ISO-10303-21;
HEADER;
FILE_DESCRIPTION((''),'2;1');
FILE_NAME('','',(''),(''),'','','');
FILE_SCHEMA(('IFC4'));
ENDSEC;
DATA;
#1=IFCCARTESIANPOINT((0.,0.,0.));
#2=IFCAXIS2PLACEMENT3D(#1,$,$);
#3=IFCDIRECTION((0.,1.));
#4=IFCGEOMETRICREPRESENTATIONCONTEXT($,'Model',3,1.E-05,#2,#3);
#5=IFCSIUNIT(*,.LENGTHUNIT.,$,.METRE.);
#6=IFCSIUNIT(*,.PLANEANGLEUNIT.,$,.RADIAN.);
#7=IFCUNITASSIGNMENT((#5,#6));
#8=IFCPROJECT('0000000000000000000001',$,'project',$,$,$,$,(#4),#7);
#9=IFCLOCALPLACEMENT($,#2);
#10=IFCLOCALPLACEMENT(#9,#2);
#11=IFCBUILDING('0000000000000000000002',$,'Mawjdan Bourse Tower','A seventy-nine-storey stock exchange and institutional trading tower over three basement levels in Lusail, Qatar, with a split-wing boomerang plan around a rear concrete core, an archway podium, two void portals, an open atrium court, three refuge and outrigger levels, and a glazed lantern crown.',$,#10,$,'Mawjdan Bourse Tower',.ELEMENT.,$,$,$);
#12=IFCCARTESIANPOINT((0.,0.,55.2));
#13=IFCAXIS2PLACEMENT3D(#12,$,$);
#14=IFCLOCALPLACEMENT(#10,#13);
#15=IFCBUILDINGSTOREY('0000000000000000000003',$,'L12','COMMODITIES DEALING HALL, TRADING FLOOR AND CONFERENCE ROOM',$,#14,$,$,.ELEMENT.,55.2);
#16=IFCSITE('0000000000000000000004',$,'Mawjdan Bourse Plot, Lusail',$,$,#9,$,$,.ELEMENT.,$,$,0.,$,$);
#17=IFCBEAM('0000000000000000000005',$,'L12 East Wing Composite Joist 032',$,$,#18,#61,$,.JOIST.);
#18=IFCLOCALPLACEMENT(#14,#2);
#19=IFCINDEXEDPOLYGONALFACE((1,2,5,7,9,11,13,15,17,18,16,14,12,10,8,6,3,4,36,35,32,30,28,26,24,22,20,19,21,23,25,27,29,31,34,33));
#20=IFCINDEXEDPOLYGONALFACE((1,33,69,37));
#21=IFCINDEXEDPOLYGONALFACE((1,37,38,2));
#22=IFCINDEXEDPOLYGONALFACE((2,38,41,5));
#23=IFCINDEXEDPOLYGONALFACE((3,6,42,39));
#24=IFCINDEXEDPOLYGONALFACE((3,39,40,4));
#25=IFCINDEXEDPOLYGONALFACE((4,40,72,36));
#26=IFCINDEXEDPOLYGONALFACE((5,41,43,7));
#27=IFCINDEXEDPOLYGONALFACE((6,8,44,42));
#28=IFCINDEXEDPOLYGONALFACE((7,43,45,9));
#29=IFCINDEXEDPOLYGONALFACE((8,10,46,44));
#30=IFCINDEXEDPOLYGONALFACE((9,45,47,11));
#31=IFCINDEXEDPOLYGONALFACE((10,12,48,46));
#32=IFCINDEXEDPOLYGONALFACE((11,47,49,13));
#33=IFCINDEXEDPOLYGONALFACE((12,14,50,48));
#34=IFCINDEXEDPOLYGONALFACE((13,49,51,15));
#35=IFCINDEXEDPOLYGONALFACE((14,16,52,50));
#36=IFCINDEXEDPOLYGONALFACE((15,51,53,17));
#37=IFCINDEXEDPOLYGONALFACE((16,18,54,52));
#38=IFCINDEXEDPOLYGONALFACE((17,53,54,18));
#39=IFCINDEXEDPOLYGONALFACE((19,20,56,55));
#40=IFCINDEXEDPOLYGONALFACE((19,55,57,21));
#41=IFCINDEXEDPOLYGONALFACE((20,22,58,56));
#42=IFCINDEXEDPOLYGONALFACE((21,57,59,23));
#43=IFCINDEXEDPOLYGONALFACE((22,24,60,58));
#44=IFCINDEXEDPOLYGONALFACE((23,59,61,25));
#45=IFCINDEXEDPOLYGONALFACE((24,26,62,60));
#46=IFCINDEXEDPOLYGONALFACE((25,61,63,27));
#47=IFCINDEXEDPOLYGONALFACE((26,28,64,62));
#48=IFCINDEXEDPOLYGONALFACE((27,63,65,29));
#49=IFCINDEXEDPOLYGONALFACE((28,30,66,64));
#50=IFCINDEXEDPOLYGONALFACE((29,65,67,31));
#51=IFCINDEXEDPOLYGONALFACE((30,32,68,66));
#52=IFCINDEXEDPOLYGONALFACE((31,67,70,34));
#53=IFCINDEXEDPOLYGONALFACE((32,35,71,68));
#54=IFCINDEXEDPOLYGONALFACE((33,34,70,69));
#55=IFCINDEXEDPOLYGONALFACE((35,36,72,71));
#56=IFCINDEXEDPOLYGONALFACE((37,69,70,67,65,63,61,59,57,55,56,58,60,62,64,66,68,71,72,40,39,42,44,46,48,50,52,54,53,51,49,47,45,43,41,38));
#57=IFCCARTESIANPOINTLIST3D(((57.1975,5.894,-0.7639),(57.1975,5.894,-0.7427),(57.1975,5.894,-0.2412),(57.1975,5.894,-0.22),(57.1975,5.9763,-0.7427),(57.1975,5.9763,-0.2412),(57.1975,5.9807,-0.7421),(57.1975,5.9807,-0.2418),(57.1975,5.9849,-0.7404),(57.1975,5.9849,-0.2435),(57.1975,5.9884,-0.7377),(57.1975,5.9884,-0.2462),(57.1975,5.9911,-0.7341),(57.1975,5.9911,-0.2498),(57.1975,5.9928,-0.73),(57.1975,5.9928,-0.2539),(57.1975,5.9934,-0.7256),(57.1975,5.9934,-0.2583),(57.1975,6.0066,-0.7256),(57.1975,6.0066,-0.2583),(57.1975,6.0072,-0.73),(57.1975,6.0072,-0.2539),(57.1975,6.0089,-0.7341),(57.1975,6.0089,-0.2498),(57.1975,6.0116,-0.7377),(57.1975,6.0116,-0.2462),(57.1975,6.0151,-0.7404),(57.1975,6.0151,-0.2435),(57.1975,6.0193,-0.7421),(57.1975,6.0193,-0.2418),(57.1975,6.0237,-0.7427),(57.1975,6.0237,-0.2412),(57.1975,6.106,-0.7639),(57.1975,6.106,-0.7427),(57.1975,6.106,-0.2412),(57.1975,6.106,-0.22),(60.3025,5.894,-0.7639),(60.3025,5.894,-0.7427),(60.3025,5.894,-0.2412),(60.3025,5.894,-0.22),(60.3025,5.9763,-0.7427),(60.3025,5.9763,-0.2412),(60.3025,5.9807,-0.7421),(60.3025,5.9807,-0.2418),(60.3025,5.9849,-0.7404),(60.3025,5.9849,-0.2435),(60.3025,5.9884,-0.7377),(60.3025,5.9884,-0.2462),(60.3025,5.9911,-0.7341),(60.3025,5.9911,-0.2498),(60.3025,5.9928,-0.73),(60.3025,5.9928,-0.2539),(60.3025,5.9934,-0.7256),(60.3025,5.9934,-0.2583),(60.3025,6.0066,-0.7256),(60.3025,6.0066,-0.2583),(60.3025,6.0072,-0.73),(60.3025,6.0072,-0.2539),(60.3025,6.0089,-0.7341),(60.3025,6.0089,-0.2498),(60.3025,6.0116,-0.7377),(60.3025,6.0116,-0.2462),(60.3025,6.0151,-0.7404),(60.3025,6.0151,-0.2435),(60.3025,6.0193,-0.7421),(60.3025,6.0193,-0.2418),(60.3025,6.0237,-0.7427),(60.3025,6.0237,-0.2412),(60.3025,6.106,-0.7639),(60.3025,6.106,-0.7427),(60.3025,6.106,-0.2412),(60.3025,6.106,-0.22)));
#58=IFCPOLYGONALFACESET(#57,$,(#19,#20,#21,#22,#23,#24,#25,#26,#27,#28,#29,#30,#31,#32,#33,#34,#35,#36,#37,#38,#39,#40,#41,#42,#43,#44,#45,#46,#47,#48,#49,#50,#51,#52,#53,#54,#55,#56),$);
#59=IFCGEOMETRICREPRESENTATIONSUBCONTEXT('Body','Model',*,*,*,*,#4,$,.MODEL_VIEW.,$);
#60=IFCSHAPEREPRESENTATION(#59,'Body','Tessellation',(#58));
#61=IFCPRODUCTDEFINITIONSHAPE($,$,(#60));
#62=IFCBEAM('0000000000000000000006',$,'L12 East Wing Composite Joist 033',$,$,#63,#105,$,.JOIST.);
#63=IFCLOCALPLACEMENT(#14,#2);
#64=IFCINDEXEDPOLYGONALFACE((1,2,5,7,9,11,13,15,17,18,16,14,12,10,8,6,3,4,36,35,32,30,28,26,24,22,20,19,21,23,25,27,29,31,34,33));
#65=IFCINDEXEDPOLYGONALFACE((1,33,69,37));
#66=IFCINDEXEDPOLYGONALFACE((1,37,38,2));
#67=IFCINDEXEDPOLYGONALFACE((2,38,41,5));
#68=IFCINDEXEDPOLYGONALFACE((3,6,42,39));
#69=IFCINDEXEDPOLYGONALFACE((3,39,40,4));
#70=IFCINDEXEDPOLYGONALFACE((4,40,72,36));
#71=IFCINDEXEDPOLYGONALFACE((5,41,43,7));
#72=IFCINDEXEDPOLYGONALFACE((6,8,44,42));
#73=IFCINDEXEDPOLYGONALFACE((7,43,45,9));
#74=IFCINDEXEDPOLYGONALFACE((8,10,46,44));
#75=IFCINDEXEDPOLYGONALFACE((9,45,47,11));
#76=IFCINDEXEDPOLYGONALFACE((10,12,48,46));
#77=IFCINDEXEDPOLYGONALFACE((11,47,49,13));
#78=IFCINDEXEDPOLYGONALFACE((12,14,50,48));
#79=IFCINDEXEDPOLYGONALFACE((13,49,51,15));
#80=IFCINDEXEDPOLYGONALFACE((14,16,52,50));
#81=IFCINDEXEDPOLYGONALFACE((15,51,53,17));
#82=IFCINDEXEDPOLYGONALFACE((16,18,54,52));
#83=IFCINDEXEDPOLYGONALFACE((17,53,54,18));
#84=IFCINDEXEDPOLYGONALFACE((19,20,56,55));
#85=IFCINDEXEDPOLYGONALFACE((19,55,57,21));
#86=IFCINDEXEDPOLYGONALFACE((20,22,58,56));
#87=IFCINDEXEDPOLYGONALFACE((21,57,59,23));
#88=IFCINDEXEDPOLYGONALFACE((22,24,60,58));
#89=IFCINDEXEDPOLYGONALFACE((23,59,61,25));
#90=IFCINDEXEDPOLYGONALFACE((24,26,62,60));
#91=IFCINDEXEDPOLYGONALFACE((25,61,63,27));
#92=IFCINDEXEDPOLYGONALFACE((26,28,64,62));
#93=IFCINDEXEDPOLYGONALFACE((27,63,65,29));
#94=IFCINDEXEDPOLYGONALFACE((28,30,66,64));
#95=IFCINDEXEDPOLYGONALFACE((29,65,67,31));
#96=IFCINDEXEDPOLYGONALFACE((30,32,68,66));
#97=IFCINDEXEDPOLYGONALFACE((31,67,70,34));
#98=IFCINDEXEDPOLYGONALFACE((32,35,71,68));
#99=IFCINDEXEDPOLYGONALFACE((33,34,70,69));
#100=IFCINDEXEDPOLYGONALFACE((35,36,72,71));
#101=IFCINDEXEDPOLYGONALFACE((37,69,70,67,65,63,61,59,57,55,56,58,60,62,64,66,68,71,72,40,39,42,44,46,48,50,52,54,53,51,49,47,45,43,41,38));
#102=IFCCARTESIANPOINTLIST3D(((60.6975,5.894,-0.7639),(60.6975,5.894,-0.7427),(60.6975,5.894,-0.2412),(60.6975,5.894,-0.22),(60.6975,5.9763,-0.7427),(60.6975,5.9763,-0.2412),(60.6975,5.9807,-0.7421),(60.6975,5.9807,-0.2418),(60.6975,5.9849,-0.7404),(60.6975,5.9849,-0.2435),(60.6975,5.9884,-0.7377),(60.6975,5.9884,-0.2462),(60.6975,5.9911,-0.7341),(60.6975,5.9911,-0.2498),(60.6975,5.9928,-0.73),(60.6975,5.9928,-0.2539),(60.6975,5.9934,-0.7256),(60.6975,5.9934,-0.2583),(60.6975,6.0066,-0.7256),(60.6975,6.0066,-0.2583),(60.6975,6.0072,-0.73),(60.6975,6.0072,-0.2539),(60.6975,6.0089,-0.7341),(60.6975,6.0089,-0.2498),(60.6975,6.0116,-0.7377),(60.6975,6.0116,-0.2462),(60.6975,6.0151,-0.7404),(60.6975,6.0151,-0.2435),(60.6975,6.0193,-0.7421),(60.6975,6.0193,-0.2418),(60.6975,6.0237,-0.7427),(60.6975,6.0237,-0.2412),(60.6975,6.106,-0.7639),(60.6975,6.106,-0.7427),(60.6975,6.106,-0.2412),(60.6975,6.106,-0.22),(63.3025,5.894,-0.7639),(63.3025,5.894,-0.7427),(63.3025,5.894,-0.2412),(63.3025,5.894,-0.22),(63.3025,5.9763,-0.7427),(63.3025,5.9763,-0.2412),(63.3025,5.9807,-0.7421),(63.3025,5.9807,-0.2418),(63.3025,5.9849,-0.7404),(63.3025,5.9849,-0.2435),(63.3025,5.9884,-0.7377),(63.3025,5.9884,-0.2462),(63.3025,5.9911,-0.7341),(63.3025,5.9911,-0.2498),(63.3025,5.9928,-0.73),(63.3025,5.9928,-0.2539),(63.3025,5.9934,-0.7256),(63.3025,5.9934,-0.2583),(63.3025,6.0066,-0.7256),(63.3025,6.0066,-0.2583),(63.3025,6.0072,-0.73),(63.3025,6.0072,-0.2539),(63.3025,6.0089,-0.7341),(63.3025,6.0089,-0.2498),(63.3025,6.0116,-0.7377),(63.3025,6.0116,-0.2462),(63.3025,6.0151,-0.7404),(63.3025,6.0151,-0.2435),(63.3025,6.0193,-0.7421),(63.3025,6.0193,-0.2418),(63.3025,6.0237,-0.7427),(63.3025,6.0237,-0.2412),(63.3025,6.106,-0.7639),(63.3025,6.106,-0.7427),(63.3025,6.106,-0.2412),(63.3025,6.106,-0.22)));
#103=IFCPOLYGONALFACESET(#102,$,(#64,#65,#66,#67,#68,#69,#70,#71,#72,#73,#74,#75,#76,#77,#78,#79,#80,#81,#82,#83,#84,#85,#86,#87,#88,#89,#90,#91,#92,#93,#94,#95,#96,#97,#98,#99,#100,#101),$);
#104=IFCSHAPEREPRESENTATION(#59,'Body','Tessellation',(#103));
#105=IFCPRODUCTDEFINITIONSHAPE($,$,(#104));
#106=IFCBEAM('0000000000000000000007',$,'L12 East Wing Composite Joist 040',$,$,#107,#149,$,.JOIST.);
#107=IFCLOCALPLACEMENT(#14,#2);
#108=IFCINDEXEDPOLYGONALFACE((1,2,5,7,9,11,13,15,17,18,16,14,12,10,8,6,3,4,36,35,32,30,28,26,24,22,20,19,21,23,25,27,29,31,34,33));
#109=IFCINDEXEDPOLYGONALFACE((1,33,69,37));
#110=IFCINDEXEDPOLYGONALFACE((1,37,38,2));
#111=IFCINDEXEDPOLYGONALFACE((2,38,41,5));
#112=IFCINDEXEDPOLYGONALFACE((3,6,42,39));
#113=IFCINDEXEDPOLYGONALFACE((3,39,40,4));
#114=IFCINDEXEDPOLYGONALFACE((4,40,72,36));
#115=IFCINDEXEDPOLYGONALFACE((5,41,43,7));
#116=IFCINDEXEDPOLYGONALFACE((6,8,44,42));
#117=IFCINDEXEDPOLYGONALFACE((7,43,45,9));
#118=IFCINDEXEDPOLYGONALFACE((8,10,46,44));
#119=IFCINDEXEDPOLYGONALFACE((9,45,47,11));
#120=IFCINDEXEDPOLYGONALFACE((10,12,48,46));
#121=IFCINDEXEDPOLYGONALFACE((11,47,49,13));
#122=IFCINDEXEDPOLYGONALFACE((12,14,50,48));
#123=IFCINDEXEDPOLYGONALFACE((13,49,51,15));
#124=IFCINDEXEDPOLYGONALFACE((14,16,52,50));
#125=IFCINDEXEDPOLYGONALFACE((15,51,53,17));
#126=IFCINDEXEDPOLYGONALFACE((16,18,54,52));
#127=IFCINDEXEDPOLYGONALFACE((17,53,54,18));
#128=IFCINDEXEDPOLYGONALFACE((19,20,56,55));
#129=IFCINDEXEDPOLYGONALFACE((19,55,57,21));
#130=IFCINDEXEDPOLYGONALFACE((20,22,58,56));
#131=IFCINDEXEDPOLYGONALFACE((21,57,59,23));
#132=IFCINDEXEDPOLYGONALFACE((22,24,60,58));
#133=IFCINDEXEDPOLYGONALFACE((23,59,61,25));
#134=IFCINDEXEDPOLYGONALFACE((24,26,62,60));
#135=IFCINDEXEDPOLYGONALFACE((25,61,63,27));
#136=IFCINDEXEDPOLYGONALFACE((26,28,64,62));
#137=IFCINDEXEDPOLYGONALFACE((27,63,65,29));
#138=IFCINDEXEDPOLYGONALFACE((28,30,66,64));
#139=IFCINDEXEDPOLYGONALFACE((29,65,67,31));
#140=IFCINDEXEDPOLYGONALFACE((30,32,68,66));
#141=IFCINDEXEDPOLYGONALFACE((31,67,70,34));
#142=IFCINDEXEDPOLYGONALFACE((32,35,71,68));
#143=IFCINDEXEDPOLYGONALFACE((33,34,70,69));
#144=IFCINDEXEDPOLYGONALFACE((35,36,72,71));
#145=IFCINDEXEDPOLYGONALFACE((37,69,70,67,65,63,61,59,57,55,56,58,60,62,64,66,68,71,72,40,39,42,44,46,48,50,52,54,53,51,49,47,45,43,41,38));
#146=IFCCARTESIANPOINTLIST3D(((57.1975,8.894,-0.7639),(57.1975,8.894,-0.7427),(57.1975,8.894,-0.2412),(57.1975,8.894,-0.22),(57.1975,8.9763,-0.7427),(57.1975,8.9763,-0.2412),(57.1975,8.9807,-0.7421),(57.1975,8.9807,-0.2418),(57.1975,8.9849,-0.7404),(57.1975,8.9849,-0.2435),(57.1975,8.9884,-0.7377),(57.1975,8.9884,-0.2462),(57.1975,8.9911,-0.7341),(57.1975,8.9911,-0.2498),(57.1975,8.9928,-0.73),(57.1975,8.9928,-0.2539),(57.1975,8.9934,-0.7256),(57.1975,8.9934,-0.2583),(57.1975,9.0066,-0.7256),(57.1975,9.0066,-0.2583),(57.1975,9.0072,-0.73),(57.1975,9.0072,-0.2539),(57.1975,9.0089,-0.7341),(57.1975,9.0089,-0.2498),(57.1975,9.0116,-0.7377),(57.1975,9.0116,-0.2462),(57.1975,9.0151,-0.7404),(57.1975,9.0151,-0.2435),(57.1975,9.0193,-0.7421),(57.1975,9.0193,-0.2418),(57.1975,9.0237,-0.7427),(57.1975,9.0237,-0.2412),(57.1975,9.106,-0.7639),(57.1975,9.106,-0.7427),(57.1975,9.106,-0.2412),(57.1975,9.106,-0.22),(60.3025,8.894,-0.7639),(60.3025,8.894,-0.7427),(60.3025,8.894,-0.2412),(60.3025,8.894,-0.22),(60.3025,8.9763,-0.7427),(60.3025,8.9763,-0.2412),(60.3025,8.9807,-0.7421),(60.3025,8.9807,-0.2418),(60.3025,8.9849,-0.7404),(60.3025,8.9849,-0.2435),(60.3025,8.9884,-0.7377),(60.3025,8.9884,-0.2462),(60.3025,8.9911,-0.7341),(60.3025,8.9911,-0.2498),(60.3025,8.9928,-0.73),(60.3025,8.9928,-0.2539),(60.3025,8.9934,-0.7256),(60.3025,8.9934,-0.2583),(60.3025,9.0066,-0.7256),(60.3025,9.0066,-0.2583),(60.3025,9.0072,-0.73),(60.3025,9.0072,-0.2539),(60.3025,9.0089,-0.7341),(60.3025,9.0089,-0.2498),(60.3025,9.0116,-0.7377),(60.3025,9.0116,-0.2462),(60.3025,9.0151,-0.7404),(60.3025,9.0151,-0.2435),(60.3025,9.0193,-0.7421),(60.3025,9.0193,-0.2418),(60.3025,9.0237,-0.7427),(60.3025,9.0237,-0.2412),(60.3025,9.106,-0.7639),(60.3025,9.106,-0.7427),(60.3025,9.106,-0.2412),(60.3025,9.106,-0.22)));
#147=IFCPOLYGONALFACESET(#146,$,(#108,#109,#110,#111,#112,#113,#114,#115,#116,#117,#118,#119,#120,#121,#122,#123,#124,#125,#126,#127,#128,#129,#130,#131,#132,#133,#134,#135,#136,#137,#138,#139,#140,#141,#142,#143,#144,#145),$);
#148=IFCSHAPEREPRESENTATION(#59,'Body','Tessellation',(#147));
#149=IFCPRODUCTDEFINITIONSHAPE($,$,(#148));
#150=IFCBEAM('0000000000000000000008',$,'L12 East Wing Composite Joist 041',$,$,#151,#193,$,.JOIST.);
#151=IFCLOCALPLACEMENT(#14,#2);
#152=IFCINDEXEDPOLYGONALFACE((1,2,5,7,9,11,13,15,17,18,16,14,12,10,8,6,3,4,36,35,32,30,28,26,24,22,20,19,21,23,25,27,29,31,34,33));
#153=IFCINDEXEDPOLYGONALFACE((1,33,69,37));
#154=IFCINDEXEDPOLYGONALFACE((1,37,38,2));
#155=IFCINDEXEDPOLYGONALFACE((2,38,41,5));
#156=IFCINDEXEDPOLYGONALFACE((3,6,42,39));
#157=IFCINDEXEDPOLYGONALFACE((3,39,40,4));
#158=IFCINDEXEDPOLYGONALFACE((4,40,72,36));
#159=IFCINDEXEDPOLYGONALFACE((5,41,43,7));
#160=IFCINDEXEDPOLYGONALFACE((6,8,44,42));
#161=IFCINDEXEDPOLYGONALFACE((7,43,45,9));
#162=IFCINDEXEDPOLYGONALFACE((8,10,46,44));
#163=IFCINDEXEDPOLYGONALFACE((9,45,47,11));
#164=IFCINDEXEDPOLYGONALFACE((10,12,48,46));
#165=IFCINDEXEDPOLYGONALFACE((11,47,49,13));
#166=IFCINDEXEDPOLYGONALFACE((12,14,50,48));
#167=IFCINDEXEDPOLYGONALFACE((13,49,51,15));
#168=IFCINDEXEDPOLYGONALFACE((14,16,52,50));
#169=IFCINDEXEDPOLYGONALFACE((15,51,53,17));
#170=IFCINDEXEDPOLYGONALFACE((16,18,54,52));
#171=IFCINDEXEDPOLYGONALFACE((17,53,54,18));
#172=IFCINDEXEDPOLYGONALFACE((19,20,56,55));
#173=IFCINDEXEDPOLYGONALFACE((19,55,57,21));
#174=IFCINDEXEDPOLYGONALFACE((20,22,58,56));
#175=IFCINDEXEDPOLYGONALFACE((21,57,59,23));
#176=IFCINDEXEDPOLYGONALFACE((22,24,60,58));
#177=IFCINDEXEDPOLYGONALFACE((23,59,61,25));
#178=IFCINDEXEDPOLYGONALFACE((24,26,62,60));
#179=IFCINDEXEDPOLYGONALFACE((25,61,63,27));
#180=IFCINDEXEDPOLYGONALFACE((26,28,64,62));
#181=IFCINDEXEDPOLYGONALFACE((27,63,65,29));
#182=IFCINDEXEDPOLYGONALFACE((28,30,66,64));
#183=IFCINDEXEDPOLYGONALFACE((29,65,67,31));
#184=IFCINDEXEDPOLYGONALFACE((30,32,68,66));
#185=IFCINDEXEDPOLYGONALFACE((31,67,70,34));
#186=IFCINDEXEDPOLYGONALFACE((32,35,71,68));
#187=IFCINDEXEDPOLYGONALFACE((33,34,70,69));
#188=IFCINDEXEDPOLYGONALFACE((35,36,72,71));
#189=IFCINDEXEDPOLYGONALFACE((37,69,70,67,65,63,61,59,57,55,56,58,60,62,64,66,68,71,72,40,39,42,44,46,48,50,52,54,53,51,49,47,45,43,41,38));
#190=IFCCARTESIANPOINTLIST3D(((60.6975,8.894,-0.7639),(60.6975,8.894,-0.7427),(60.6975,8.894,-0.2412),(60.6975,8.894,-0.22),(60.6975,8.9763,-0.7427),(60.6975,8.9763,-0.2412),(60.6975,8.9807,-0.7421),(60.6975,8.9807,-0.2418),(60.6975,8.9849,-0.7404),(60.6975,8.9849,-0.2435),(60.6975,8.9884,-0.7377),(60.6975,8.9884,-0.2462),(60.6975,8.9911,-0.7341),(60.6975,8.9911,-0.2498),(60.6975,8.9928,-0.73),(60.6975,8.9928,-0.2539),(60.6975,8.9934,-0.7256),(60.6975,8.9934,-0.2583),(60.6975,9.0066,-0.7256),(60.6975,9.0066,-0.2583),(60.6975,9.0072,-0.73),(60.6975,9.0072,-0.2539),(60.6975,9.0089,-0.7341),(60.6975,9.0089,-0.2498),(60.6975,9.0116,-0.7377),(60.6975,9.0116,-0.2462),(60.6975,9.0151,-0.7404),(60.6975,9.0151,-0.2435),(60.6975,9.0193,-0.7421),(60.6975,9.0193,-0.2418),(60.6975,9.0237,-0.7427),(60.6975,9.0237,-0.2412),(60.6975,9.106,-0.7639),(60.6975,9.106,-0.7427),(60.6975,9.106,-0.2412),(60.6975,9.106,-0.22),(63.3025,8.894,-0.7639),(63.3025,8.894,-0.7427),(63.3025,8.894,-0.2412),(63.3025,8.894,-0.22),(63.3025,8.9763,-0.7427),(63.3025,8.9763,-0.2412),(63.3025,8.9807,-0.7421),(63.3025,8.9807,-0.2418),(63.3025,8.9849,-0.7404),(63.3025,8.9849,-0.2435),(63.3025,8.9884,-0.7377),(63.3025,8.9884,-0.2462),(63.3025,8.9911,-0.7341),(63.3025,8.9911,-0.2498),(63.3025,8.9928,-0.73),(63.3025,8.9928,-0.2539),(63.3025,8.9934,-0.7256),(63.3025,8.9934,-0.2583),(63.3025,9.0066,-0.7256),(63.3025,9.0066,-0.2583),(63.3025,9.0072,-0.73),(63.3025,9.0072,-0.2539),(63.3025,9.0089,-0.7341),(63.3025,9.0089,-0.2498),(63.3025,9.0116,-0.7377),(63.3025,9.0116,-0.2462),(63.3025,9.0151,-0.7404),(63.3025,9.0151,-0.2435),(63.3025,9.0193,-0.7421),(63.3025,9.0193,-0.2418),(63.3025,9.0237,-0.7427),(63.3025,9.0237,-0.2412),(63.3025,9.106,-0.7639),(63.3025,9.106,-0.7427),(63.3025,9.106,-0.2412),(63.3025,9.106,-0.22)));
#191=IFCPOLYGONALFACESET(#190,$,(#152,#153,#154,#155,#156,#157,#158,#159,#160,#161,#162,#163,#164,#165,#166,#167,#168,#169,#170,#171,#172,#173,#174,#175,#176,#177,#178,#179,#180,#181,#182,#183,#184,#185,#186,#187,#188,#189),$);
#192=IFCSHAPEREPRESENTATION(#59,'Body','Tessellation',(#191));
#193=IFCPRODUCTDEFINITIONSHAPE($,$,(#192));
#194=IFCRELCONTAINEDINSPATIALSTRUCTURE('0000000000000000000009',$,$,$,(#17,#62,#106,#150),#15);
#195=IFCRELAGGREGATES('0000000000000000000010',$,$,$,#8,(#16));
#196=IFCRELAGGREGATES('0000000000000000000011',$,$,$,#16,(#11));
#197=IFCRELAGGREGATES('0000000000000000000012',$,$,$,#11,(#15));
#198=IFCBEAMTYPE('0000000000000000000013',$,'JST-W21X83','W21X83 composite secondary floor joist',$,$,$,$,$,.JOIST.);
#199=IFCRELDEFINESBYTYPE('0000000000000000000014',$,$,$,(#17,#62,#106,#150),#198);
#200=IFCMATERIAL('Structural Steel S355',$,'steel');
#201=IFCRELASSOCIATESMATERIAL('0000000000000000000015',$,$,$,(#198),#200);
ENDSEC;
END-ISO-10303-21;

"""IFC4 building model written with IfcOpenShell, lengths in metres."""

from ifc_helpers import new_model, si_unit, direction, frame, origin, origin_2d, place, context, subcontext, project, spatial, i_section, extrude, material, material_profile, profile_set, type_object, element, save


model = new_model("IFC4")

# Units and contexts
model_context = context("Model", 3, precision=1e-05, world=origin(), true_north=direction((0.0, 1.0)))
body_context = subcontext(model_context, "Body", "Model", "MODEL_VIEW")
ifc_project = project(units=[si_unit("LENGTHUNIT", "METRE"), si_unit("PLANEANGLEUNIT", "RADIAN")], contexts=[model_context])

# Site, building, storey
site_placement = place(None, origin())
site = spatial("IfcSite", under=ifc_project, at=site_placement, Name="Mawjdan Bourse Plot, Lusail", CompositionType="ELEMENT", RefElevation=0.0)
building_placement = place(site_placement, origin())
building = spatial("IfcBuilding", under=site, at=building_placement, Name="Mawjdan Bourse Tower", Description="A seventy-nine-storey stock exchange and institutional trading tower over three basement levels in Lusail, Qatar, with a split-wing boomerang plan around a rear concrete core, an archway podium, two void portals, an open atrium court, three refuge and outrigger levels, and a glazed lantern crown.", LongName="Mawjdan Bourse Tower", CompositionType="ELEMENT")
storey_placement = place(building_placement, frame((0.0, 0.0, 55.2)))
storey = spatial("IfcBuildingStorey", under=building, at=storey_placement, Name="L12", Description="COMMODITIES DEALING HALL, TRADING FLOOR AND CONFERENCE ROOM", CompositionType="ELEMENT", Elevation=55.2)

# Beams
ifc_material_1 = material(Name="Structural Steel S355", Category="steel")
ifc_material_profile_1 = material_profile(ifc_material_1, i_section(OverallWidth=0.2119, OverallDepth=0.5439, WebThickness=0.0132, FlangeThickness=0.0212, FilletRadius=0.0171, at=origin_2d()), Name="W21X83")
ifc_profile_set_1 = profile_set([ifc_material_profile_1], Name="Structural Steel S355")
beam_type_1 = type_object("IfcBeamType", Name="JST-W21X83", Description="W21X83 composite secondary floor joist", PredefinedType="JOIST", material=ifc_profile_set_1)
beam_1_placement = place(storey_placement, frame((57.1975, 6.0, -0.4919), z_axis=(1.0, 0.0, 0.0), x_axis=(0.0, 1.0, 0.0)))
element("IfcBeam", 1, at=beam_1_placement, inside=storey, type_object=beam_type_1, Name="L12 East Wing Composite Joist 032", PredefinedType="JOIST", context=body_context, shape_type="SweptSolid", body=[
    extrude(i_section(OverallWidth=0.2119, OverallDepth=0.5439, WebThickness=0.0132, FlangeThickness=0.0212, FilletRadius=0.0171, at=origin_2d()), origin(), (0.0, 0.0, 1.0), 3.105),
])
beam_2_placement = place(storey_placement, frame((60.6975, 6.0, -0.4919), z_axis=(1.0, 0.0, 0.0), x_axis=(0.0, 1.0, 0.0)))
element("IfcBeam", 2, at=beam_2_placement, inside=storey, type_object=beam_type_1, Name="L12 East Wing Composite Joist 033", PredefinedType="JOIST", context=body_context, shape_type="SweptSolid", body=[
    extrude(i_section(OverallWidth=0.2119, OverallDepth=0.5439, WebThickness=0.0132, FlangeThickness=0.0212, FilletRadius=0.0171, at=origin_2d()), origin(), (0.0, 0.0, 1.0), 2.605),
])
beam_3_placement = place(storey_placement, frame((57.1975, 9.0, -0.4919), z_axis=(1.0, 0.0, 0.0), x_axis=(0.0, 1.0, 0.0)))
element("IfcBeam", 3, at=beam_3_placement, inside=storey, type_object=beam_type_1, Name="L12 East Wing Composite Joist 040", PredefinedType="JOIST", context=body_context, shape_type="SweptSolid", body=[
    extrude(i_section(OverallWidth=0.2119, OverallDepth=0.5439, WebThickness=0.0132, FlangeThickness=0.0212, FilletRadius=0.0171, at=origin_2d()), origin(), (0.0, 0.0, 1.0), 3.105),
])
beam_4_placement = place(storey_placement, frame((60.6975, 9.0, -0.4919), z_axis=(1.0, 0.0, 0.0), x_axis=(0.0, 1.0, 0.0)))
element("IfcBeam", 4, at=beam_4_placement, inside=storey, type_object=beam_type_1, Name="L12 East Wing Composite Joist 041", PredefinedType="JOIST", context=body_context, shape_type="SweptSolid", body=[
    extrude(i_section(OverallWidth=0.2119, OverallDepth=0.5439, WebThickness=0.0132, FlangeThickness=0.0212, FilletRadius=0.0171, at=origin_2d()), origin(), (0.0, 0.0, 1.0), 2.605),
])

save(model, "model.ifc")
